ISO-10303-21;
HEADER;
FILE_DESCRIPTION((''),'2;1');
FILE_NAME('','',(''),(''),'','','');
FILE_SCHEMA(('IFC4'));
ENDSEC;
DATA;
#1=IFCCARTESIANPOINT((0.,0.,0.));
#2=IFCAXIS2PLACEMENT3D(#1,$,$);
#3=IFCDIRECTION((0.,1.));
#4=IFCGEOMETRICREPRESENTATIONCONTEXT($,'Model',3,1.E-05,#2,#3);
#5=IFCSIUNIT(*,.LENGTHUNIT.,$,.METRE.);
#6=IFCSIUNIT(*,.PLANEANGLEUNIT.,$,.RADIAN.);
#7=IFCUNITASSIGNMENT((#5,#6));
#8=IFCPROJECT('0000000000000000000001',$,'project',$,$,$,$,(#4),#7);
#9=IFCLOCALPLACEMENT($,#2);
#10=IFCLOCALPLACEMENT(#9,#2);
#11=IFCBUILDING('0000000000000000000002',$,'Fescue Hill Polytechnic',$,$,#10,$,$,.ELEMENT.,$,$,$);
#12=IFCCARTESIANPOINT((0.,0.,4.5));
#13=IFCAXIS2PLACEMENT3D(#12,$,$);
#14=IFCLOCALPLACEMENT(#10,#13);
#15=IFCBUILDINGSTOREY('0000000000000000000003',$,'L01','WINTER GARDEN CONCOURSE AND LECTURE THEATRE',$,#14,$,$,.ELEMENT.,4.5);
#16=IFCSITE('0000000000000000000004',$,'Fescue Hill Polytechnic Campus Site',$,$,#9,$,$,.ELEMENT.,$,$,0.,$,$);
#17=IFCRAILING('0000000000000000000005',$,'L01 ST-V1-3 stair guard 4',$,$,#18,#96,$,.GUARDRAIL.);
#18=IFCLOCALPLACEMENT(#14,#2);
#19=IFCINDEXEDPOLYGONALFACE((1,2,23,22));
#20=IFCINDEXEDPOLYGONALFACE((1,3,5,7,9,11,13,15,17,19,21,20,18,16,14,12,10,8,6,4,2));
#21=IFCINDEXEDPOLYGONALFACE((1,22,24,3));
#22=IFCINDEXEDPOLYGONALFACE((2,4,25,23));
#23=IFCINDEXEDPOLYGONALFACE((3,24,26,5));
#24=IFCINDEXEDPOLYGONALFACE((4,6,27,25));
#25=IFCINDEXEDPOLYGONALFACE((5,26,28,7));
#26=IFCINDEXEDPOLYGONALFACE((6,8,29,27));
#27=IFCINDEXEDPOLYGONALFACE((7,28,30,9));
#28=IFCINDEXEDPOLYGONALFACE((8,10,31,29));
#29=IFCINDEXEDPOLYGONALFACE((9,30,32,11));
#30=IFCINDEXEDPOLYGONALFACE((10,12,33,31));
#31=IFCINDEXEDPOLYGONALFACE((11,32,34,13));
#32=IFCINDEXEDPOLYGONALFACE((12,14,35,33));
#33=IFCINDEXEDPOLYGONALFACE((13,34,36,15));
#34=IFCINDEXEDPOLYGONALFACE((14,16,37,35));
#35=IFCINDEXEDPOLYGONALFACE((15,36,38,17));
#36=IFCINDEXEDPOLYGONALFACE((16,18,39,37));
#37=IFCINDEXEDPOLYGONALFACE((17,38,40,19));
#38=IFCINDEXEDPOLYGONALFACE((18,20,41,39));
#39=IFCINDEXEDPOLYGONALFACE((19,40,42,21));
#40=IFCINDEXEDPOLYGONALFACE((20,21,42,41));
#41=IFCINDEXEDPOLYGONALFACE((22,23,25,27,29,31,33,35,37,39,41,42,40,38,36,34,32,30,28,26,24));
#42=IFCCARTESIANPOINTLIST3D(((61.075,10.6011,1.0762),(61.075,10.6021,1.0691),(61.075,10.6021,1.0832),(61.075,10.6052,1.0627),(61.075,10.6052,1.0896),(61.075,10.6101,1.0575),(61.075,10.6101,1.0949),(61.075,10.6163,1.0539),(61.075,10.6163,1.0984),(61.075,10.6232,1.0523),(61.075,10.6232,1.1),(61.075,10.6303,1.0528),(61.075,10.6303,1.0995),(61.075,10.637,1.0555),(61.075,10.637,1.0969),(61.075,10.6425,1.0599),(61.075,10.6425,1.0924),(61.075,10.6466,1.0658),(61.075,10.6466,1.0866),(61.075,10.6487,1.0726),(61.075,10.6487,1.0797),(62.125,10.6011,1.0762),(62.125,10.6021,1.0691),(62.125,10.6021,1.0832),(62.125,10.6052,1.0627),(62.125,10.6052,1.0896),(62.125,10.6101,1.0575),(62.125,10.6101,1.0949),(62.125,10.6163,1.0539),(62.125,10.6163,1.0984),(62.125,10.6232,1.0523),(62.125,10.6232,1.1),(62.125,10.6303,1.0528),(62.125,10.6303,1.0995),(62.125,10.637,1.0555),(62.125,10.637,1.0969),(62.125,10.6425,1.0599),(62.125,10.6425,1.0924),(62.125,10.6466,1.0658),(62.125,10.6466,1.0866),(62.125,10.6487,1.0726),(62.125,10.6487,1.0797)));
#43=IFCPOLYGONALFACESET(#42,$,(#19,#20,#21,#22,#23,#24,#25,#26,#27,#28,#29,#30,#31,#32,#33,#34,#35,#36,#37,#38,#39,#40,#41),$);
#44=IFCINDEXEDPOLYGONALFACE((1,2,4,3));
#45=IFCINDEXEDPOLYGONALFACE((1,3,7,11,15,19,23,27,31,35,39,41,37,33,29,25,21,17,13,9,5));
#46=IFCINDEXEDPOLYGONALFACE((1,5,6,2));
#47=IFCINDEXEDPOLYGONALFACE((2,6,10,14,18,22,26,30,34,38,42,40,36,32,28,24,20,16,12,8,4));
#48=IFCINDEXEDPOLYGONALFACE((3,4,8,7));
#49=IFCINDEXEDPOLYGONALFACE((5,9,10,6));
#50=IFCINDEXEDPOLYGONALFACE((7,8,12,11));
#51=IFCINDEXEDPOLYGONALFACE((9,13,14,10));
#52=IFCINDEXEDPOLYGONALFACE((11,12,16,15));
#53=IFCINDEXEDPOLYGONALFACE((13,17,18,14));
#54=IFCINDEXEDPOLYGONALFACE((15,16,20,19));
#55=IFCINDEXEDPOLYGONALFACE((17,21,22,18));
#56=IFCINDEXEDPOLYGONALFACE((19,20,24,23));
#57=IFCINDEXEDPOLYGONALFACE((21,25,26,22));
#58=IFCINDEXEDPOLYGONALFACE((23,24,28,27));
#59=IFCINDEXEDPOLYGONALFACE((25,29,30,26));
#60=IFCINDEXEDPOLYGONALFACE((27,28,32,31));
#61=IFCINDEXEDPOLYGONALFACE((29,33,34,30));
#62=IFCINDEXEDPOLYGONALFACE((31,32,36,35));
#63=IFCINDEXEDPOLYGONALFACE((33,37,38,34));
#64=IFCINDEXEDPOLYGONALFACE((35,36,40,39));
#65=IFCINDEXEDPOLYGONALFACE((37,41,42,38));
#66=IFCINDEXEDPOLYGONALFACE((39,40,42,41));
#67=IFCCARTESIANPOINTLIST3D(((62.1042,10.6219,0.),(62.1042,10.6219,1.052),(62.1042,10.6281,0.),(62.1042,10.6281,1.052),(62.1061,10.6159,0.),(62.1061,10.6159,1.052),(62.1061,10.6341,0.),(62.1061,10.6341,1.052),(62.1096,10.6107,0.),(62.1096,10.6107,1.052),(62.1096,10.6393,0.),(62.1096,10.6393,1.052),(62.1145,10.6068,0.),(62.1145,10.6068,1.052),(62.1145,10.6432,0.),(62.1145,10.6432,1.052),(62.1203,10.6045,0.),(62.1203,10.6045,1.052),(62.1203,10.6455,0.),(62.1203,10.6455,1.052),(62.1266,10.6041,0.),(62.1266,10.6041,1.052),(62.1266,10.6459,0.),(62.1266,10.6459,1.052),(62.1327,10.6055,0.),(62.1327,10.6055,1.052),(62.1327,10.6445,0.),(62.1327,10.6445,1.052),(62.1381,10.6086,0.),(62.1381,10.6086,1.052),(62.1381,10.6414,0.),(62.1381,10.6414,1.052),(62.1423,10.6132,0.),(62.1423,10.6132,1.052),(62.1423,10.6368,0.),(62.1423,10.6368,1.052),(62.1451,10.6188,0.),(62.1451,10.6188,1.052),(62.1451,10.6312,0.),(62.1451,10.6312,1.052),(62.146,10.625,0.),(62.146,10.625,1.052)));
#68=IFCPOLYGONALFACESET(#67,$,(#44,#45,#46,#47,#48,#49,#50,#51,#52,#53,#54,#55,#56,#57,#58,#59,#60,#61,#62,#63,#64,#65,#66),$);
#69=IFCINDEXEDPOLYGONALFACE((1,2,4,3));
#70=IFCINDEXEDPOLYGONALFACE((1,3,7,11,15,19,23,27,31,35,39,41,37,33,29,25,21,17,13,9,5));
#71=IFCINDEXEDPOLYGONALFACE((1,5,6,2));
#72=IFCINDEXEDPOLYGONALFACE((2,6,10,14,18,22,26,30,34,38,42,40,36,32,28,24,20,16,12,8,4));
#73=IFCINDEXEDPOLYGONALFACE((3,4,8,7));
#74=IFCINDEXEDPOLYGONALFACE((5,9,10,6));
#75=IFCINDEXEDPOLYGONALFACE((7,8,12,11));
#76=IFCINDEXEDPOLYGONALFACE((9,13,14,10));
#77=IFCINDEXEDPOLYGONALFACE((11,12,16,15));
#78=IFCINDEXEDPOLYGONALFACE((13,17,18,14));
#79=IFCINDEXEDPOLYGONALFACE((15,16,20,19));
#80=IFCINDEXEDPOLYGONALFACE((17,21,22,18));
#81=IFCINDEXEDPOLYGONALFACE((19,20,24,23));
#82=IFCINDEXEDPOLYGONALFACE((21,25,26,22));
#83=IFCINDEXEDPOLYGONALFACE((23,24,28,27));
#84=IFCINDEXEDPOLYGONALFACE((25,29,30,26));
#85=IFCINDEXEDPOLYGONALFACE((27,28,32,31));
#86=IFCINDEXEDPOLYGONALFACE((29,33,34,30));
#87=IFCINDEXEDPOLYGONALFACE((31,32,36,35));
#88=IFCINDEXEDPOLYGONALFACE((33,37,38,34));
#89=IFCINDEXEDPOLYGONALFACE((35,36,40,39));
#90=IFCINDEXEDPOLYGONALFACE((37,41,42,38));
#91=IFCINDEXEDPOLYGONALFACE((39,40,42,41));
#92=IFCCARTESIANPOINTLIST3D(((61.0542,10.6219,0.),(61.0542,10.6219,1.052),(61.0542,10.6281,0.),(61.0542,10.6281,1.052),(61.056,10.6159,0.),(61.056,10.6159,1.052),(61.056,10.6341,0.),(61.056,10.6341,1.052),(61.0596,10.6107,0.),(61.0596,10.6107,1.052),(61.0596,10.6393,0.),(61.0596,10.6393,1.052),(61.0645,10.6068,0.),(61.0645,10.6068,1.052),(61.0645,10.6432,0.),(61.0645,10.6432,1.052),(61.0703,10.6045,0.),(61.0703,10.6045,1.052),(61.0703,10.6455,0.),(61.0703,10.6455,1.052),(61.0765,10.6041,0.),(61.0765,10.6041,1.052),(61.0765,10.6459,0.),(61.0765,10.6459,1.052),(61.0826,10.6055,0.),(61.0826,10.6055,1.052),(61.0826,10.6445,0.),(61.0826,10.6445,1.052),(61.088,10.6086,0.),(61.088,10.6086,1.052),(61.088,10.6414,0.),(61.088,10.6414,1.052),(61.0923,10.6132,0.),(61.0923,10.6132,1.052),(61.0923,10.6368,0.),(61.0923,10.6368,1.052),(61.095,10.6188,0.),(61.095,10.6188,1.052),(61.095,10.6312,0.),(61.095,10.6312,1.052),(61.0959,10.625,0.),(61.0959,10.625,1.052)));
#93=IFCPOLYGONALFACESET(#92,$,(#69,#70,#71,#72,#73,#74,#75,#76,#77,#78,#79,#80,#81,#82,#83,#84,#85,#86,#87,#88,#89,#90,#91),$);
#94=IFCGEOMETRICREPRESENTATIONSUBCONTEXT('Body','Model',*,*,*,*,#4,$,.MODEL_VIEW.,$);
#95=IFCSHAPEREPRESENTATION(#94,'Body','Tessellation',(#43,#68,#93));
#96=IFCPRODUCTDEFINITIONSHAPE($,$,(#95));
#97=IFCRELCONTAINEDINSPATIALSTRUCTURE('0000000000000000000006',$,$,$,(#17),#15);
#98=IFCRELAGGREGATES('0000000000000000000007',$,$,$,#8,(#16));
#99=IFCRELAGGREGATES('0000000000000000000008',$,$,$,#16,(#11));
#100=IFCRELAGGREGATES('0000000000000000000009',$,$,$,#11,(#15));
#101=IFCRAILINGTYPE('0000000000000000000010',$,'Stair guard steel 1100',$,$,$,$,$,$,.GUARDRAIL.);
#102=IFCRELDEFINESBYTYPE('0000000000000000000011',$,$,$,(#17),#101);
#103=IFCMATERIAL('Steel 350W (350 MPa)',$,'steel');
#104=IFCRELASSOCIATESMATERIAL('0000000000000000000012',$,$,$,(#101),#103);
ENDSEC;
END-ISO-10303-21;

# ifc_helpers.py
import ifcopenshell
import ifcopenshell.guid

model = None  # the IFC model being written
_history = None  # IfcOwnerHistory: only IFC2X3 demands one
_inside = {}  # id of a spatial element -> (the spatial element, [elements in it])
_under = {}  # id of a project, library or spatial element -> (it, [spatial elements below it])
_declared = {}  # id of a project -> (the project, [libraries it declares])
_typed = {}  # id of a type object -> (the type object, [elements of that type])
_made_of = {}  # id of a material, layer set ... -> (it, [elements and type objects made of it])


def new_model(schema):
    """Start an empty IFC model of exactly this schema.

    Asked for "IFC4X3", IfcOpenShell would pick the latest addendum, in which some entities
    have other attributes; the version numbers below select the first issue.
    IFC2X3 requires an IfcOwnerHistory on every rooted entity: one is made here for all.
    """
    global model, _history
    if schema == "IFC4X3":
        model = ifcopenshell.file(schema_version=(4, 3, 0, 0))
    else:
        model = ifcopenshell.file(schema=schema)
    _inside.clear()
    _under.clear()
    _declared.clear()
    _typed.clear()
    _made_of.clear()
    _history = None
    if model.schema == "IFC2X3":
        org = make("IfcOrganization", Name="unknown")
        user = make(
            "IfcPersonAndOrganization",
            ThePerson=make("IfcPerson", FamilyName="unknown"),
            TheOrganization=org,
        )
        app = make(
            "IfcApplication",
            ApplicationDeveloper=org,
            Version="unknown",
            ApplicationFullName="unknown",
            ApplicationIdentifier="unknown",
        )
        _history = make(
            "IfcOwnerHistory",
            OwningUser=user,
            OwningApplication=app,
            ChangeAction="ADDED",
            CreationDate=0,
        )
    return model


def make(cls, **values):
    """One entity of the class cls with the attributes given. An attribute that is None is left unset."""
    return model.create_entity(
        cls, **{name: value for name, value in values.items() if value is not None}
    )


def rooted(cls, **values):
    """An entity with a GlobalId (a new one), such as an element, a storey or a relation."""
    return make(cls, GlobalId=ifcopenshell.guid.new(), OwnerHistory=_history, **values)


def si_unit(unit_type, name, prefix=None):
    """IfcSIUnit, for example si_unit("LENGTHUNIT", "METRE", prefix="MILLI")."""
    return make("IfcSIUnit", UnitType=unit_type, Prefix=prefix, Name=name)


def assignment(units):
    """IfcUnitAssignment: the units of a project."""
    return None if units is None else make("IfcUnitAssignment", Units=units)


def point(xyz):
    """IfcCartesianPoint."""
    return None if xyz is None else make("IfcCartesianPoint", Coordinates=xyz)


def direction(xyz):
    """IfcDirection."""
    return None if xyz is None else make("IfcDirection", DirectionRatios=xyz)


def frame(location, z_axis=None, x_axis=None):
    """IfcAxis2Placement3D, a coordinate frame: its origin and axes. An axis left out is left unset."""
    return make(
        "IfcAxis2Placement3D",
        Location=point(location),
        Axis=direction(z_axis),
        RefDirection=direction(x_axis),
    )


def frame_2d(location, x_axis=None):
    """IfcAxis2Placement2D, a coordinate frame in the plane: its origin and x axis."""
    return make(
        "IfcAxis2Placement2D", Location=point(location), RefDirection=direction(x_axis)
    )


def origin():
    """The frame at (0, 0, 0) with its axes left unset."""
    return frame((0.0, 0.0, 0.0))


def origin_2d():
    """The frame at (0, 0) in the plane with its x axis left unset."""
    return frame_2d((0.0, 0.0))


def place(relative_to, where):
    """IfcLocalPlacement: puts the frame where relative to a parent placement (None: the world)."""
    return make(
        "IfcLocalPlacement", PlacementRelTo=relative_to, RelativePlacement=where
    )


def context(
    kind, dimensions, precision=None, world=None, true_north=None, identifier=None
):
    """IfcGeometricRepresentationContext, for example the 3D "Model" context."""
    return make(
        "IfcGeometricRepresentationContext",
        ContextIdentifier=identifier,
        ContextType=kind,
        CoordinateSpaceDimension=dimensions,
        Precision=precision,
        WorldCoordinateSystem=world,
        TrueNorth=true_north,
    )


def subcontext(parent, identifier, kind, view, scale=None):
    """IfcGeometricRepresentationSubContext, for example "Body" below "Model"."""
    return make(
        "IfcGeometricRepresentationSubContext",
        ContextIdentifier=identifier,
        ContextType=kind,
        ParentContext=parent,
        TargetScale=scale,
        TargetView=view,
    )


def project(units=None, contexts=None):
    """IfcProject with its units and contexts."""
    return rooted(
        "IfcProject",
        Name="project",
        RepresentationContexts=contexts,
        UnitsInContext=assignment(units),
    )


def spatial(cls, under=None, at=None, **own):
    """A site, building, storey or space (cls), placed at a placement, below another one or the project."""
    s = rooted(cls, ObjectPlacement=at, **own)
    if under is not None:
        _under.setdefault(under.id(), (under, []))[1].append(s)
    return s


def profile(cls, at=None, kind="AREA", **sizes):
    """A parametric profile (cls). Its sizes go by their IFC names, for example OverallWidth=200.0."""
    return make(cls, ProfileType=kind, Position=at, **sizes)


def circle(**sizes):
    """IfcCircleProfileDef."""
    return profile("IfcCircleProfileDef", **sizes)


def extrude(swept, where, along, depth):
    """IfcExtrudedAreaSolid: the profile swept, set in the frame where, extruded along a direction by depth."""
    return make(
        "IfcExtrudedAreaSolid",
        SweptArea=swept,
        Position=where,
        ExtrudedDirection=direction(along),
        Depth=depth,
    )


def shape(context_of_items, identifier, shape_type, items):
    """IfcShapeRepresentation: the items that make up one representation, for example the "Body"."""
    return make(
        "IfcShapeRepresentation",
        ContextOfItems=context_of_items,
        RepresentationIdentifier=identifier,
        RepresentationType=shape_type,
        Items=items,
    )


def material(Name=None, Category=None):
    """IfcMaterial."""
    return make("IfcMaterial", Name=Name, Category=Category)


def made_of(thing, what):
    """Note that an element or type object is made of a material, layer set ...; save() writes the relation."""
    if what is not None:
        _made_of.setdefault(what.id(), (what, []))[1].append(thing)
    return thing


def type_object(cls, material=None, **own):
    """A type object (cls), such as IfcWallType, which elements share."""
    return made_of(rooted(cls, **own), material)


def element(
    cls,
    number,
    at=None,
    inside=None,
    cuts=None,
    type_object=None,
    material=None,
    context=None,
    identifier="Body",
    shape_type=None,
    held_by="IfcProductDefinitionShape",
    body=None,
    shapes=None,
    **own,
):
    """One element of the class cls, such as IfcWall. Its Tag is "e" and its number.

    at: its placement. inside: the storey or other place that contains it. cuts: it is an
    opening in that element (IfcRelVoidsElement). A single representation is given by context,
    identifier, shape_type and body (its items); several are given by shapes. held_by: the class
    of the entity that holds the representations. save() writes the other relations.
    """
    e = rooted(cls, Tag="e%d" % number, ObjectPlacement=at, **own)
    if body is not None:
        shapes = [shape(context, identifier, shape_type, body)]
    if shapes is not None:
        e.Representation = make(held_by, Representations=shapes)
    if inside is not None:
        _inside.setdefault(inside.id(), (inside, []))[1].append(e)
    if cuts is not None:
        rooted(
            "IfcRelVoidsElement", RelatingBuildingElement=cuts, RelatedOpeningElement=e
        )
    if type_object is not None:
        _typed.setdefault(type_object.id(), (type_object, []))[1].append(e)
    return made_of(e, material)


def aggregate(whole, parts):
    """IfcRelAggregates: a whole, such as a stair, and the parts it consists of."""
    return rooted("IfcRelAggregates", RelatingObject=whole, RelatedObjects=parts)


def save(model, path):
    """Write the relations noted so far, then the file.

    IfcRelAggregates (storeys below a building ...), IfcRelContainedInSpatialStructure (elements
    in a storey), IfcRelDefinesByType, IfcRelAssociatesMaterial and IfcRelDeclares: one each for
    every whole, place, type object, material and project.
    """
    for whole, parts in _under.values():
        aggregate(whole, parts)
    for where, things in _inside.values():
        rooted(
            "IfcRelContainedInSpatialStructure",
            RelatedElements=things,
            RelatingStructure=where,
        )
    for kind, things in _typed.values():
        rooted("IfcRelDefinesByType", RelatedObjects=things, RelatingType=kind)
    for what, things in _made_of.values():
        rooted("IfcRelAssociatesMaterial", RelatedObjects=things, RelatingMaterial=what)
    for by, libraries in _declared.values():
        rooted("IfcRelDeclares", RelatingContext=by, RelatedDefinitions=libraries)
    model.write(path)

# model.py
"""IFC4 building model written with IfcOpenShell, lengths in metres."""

from ifc_helpers import new_model, si_unit, direction, frame, origin, origin_2d, place, context, subcontext, project, spatial, circle, extrude, material, type_object, element, save


model = new_model("IFC4")

# Units and contexts
model_context = context("Model", 3, precision=1e-05, world=origin(), true_north=direction((0.0, 1.0)))
body_context = subcontext(model_context, "Body", "Model", "MODEL_VIEW")
ifc_project = project(units=[si_unit("LENGTHUNIT", "METRE"), si_unit("PLANEANGLEUNIT", "RADIAN")], contexts=[model_context])

# Site, building, storey
site_placement = place(None, origin())
site = spatial("IfcSite", under=ifc_project, at=site_placement, Name="Fescue Hill Polytechnic Campus Site", CompositionType="ELEMENT", RefElevation=0.0)
building_placement = place(site_placement, origin())
building = spatial("IfcBuilding", under=site, at=building_placement, Name="Fescue Hill Polytechnic", CompositionType="ELEMENT")
storey_placement = place(building_placement, frame((0.0, 0.0, 4.5)))
storey = spatial("IfcBuildingStorey", under=building, at=storey_placement, Name="L01", Description="WINTER GARDEN CONCOURSE AND LECTURE THEATRE", CompositionType="ELEMENT", Elevation=4.5)

# Railing
ifc_material_1 = material(Name="Steel 350W (350 MPa)", Category="steel")
railing_type_1 = type_object("IfcRailingType", Name="Stair guard steel 1100", PredefinedType="GUARDRAIL", material=ifc_material_1)
railing_1_placement = place(storey_placement, frame((62.125, 10.625, 0.0)))
element("IfcRailing", 1, at=railing_1_placement, inside=storey, type_object=railing_type_1, Name="L01 ST-V1-3 stair guard 4", PredefinedType="GUARDRAIL", context=body_context, shape_type="SweptSolid", body=[
    extrude(circle(Radius=0.0239, at=origin_2d()), frame((0.0, 0.0, 1.0762), z_axis=(-1.0, 0.0, 0.0), x_axis=(0.0, -1.0, 0.0)), (0.0, 0.0, 1.0), 1.05),
    extrude(circle(Radius=0.021, at=origin_2d()), origin(), (0.0, 0.0, 1.0), 1.052),
    extrude(circle(Radius=0.021, at=origin_2d()), frame((-1.05, 0.0, 0.0)), (0.0, 0.0, 1.0), 1.052),
])

save(model, "model.ifc")
